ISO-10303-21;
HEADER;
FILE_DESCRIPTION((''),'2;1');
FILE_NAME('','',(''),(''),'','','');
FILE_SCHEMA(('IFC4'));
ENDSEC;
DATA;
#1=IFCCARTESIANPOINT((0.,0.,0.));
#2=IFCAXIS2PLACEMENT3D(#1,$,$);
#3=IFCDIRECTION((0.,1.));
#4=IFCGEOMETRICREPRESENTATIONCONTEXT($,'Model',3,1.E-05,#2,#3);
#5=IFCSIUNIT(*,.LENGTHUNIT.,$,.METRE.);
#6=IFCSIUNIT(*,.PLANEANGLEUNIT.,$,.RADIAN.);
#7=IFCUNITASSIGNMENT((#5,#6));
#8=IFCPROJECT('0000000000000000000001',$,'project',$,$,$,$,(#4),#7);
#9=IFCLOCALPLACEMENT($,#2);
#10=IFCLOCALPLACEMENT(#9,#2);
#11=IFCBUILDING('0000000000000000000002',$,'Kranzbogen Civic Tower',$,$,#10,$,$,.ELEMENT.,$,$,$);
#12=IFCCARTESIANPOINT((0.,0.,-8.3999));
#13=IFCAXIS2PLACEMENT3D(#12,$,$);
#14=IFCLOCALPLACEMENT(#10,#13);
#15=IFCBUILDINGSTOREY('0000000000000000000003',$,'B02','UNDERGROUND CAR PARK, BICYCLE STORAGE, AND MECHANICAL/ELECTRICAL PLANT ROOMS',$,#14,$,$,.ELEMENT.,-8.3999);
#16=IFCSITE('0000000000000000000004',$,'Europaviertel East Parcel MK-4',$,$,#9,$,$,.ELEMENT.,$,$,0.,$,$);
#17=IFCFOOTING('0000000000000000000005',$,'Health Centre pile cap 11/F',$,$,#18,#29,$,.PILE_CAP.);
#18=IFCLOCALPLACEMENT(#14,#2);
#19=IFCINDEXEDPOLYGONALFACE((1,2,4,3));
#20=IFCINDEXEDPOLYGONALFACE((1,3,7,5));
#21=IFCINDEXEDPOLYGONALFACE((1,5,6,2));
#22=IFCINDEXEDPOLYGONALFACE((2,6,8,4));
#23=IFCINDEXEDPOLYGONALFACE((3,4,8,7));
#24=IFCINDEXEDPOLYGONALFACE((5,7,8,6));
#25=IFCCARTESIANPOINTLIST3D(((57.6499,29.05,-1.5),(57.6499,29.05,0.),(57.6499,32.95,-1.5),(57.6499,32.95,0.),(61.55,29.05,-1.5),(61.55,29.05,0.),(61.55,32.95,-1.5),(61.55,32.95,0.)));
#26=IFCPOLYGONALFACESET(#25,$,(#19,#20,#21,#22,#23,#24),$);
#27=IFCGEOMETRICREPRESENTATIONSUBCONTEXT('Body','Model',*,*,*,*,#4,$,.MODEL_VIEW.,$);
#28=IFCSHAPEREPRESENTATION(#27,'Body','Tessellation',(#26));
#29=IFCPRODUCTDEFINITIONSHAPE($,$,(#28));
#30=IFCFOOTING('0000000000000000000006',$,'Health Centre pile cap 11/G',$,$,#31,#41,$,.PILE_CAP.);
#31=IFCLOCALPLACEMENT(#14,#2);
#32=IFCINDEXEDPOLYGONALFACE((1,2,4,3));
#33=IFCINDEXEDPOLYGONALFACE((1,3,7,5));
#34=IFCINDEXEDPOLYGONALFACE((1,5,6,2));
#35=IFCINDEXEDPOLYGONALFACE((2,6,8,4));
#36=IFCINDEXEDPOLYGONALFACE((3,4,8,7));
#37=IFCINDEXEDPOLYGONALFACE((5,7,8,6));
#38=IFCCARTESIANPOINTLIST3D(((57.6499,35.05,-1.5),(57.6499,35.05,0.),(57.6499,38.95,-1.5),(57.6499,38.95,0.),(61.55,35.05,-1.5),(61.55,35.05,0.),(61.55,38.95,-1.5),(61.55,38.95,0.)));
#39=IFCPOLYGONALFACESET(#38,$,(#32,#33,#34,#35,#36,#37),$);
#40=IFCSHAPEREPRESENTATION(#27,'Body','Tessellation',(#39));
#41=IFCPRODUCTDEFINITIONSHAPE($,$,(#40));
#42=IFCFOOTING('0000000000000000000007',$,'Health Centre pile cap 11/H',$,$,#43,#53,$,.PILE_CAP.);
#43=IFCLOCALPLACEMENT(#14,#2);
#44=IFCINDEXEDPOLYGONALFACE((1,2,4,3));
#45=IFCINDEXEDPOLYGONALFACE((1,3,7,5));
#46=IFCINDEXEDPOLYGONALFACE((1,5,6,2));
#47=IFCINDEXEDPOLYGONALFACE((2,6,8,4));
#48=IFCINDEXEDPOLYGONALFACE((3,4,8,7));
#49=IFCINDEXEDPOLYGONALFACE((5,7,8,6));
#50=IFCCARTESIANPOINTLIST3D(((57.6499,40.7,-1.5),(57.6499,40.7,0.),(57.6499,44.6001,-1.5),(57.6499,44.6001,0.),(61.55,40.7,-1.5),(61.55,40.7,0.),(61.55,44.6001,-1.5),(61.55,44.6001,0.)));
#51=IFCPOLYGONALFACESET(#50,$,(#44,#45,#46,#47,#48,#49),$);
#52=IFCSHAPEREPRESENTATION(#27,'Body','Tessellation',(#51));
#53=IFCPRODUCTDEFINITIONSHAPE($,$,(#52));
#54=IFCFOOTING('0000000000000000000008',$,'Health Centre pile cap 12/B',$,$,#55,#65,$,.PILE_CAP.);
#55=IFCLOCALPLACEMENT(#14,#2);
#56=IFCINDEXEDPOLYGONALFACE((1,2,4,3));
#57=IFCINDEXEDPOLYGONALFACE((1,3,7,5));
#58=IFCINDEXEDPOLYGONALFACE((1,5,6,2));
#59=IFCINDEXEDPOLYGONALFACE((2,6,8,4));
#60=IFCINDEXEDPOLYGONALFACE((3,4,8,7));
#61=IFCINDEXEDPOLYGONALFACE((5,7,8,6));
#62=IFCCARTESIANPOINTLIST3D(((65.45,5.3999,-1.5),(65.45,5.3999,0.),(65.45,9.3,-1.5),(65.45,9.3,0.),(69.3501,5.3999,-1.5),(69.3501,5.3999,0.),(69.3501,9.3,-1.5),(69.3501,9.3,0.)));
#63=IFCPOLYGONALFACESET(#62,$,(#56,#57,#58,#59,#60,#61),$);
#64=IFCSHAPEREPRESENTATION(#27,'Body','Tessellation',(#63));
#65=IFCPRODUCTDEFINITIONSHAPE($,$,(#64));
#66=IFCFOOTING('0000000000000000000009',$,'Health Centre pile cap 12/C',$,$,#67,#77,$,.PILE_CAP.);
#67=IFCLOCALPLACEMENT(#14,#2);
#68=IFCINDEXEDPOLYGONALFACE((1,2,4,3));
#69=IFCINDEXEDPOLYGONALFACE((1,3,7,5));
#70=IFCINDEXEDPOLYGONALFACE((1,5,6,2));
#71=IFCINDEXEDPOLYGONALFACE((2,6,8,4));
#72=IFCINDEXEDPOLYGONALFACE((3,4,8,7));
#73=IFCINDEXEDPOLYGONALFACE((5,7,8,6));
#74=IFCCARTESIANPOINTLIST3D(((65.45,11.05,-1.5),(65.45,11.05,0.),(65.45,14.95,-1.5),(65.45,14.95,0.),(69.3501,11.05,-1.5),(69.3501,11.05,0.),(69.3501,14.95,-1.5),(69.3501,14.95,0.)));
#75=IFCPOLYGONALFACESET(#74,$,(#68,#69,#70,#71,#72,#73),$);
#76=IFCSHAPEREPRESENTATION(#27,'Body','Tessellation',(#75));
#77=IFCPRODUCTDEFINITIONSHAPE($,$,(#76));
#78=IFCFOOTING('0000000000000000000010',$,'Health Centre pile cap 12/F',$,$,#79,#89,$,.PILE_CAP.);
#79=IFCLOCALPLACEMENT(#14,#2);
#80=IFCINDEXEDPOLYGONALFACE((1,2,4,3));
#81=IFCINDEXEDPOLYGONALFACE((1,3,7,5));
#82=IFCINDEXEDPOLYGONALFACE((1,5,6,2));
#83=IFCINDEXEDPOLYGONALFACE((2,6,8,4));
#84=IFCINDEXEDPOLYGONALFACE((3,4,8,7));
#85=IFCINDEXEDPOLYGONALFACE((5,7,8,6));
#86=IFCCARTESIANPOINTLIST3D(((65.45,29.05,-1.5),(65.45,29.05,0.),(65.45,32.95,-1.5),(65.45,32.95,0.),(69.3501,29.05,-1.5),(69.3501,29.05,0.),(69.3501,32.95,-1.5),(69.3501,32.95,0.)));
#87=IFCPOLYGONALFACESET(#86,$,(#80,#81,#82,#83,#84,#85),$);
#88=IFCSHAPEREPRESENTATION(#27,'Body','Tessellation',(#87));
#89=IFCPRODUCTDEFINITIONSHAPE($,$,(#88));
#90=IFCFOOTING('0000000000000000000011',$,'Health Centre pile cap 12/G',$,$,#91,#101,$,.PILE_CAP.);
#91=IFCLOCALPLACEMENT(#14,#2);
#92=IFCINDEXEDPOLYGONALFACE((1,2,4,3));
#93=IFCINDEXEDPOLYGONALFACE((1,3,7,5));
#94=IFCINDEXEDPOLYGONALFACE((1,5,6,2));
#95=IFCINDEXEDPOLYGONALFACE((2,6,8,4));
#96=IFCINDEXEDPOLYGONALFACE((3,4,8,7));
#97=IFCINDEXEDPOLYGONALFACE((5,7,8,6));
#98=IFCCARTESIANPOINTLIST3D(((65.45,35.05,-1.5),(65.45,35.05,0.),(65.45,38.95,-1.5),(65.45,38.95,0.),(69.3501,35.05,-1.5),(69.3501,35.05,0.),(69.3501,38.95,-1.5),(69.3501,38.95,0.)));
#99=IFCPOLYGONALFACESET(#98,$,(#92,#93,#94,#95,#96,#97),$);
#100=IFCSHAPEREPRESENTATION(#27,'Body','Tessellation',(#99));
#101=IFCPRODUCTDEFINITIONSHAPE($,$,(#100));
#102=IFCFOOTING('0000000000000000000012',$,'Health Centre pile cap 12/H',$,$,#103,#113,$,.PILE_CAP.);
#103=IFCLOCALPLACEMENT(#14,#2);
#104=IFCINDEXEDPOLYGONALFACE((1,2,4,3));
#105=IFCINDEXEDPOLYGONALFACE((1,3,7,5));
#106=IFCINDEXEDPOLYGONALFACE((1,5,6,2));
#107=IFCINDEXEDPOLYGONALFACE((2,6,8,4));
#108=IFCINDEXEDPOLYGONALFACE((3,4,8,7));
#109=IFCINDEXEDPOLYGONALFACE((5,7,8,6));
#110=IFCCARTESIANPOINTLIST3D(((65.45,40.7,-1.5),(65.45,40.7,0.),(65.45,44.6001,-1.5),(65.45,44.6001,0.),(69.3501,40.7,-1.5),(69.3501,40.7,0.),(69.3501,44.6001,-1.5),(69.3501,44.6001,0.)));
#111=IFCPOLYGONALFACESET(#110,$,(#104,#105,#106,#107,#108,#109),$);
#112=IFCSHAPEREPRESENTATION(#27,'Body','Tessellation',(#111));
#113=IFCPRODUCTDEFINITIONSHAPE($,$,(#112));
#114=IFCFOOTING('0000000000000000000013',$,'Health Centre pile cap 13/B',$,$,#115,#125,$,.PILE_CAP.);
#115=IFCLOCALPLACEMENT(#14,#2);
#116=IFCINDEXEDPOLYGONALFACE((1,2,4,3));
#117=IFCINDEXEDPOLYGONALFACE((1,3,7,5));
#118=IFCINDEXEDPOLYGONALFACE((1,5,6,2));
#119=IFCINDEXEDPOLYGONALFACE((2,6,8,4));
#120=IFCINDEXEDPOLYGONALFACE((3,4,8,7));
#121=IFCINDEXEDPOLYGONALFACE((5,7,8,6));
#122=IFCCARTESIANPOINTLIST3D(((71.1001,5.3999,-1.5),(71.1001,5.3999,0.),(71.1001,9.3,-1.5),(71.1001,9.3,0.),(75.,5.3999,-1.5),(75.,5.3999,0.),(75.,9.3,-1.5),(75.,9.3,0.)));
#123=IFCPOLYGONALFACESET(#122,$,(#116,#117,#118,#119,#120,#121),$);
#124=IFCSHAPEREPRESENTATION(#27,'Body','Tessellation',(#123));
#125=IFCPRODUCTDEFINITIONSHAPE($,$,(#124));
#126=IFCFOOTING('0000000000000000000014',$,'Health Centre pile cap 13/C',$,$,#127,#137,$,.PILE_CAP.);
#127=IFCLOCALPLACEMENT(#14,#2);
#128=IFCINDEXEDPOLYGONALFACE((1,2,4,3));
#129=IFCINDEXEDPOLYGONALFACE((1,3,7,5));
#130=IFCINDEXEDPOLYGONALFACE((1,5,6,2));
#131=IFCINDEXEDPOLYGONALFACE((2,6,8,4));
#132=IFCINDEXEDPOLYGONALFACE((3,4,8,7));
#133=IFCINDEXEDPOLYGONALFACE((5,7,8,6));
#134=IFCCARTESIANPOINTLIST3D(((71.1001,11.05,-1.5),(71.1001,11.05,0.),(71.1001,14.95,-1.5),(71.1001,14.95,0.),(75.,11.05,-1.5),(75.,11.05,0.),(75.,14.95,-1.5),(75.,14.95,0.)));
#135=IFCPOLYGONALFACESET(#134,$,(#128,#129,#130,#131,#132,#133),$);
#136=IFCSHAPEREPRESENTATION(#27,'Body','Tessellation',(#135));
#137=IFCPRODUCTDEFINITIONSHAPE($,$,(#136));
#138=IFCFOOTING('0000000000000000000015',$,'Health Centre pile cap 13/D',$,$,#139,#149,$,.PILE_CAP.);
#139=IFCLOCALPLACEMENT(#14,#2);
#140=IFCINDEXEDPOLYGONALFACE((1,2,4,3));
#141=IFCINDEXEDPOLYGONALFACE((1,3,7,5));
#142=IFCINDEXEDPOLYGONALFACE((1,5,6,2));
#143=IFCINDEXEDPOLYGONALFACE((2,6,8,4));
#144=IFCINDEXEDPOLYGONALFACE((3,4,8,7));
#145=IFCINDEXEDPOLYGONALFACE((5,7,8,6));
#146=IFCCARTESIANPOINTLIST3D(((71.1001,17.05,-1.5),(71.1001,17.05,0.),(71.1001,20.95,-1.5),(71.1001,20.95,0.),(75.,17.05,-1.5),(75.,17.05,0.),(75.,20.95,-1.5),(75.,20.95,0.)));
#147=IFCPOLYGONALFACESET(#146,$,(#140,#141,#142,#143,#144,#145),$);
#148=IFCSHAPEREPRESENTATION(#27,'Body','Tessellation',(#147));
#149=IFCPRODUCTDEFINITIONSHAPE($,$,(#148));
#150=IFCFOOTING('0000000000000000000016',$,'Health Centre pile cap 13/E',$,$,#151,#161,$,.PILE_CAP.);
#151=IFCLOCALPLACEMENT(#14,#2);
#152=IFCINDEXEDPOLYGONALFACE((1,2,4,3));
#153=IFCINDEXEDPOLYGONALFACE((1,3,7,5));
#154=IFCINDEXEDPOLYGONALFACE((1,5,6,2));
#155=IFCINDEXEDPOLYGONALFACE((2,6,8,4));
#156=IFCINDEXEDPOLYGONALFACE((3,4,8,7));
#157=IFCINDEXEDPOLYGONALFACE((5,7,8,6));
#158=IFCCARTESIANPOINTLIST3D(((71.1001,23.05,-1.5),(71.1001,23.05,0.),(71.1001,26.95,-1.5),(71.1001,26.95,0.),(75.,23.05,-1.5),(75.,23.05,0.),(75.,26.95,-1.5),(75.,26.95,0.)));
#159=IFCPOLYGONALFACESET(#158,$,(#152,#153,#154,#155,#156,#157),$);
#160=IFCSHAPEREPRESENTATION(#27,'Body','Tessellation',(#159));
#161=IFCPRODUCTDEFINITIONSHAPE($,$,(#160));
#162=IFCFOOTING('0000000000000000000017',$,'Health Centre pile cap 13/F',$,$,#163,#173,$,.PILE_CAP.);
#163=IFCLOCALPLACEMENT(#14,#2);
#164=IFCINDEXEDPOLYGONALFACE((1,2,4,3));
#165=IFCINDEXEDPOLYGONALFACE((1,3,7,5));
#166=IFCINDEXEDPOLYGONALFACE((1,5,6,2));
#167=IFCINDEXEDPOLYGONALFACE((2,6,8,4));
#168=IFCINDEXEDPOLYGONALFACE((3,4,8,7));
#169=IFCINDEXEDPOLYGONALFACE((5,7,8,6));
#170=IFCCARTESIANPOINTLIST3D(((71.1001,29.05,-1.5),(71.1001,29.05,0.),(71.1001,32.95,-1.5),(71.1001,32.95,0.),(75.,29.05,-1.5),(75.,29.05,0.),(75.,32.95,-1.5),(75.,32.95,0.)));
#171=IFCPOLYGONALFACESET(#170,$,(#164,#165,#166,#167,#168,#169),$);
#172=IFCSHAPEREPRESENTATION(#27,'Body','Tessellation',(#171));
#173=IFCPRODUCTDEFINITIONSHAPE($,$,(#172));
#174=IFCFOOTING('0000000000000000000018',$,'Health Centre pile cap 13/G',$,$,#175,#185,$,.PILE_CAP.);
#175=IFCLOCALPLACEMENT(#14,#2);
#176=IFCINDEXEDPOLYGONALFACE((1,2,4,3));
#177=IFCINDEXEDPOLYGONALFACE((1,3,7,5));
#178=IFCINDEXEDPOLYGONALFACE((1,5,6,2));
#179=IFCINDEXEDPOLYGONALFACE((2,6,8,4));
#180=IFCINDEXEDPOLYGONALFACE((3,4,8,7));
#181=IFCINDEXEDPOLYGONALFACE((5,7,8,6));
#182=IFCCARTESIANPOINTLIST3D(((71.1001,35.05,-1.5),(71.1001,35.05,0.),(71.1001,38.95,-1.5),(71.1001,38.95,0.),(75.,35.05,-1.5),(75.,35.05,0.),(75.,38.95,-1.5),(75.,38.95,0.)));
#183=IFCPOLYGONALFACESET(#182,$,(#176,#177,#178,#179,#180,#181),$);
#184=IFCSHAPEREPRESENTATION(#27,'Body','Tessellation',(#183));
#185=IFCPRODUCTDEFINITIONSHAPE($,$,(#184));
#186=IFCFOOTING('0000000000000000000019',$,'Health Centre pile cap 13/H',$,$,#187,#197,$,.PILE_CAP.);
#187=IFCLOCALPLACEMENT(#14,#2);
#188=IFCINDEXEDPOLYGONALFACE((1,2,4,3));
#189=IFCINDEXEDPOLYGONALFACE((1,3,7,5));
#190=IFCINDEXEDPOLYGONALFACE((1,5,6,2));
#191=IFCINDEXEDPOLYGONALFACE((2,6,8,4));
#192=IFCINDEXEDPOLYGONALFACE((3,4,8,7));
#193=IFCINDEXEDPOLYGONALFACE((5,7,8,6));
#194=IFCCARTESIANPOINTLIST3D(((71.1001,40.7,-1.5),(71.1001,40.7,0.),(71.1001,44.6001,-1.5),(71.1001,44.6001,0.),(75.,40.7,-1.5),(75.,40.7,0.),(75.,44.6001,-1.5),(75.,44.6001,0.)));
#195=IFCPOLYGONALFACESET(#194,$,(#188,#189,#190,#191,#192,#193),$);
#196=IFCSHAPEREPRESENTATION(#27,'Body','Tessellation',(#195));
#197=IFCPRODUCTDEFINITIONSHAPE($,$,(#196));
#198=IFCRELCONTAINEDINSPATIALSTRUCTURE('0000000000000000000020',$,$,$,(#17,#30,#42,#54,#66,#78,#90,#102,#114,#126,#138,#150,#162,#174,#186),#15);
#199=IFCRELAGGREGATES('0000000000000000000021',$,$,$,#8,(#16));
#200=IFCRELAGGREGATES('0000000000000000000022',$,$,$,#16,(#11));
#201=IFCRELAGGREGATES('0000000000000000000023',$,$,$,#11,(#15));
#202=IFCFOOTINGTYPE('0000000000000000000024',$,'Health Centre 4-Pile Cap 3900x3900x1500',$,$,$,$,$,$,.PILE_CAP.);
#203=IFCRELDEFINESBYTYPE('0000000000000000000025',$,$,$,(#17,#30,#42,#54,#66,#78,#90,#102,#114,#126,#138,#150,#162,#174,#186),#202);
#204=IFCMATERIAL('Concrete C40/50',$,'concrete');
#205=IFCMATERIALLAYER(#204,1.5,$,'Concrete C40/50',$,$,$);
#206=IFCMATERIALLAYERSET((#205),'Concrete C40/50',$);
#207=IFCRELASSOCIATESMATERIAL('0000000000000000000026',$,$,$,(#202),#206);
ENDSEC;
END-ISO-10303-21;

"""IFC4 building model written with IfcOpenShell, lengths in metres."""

from ifc_helpers import new_model, si_unit, direction, frame, origin, place, context, subcontext, project, spatial, polyline, outline, extrude, material, layer, layer_set, type_object, element, save


model = new_model("IFC4")

# Units and contexts
model_context = context("Model", 3, precision=1e-05, world=origin(), true_north=direction((0.0, 1.0)))
body_context = subcontext(model_context, "Body", "Model", "MODEL_VIEW")
ifc_project = project(units=[si_unit("LENGTHUNIT", "METRE"), si_unit("PLANEANGLEUNIT", "RADIAN")], contexts=[model_context])

# Site, building, storey
site_placement = place(None, origin())
site = spatial("IfcSite", under=ifc_project, at=site_placement, Name="Europaviertel East Parcel MK-4", CompositionType="ELEMENT", RefElevation=0.0)
building_placement = place(site_placement, origin())
building = spatial("IfcBuilding", under=site, at=building_placement, Name="Kranzbogen Civic Tower", CompositionType="ELEMENT")
storey_placement = place(building_placement, frame((0.0, 0.0, -8.3999)))
storey = spatial("IfcBuildingStorey", under=building, at=storey_placement, Name="B02", Description="UNDERGROUND CAR PARK, BICYCLE STORAGE, AND MECHANICAL/ELECTRICAL PLANT ROOMS", CompositionType="ELEMENT", Elevation=-8.3999)

# Footings
ifc_material_1 = material(Name="Concrete C40/50", Category="concrete")
ifc_layer_1 = layer(ifc_material_1, 1.5, Name="Concrete C40/50")
ifc_layer_set_1 = layer_set([ifc_layer_1], Name="Concrete C40/50")
footing_type_1 = type_object("IfcFootingType", Name="Health Centre 4-Pile Cap 3900x3900x1500", PredefinedType="PILE_CAP", material=ifc_layer_set_1)
footing_1_placement = place(storey_placement, frame((0.0, 0.0, -1.5)))
element("IfcFooting", 1, at=footing_1_placement, inside=storey, type_object=footing_type_1, Name="Health Centre pile cap 11/F", PredefinedType="PILE_CAP", context=body_context, shape_type="SweptSolid", body=[
    extrude(outline(polyline([(57.6499, 29.05), (61.55, 29.05), (61.55, 32.95), (57.6499, 32.95), (57.6499, 29.05)])), origin(), (0.0, 0.0, 1.0), 1.5),
])
footing_2_placement = place(storey_placement, frame((0.0, 0.0, -1.5)))
element("IfcFooting", 2, at=footing_2_placement, inside=storey, type_object=footing_type_1, Name="Health Centre pile cap 11/G", PredefinedType="PILE_CAP", context=body_context, shape_type="SweptSolid", body=[
    extrude(outline(polyline([(57.6499, 35.05), (61.55, 35.05), (61.55, 38.95), (57.6499, 38.95), (57.6499, 35.05)])), origin(), (0.0, 0.0, 1.0), 1.5),
])
footing_3_placement = place(storey_placement, frame((0.0, 0.0, -1.5)))
element("IfcFooting", 3, at=footing_3_placement, inside=storey, type_object=footing_type_1, Name="Health Centre pile cap 11/H", PredefinedType="PILE_CAP", context=body_context, shape_type="SweptSolid", body=[
    extrude(outline(polyline([(57.6499, 40.7), (61.55, 40.7), (61.55, 44.6001), (57.6499, 44.6001), (57.6499, 40.7)])), origin(), (0.0, 0.0, 1.0), 1.5),
])
footing_4_placement = place(storey_placement, frame((0.0, 0.0, -1.5)))
element("IfcFooting", 4, at=footing_4_placement, inside=storey, type_object=footing_type_1, Name="Health Centre pile cap 12/B", PredefinedType="PILE_CAP", context=body_context, shape_type="SweptSolid", body=[
    extrude(outline(polyline([(65.45, 5.3999), (69.3501, 5.3999), (69.3501, 9.3), (65.45, 9.3), (65.45, 5.3999)])), origin(), (0.0, 0.0, 1.0), 1.5),
])
footing_5_placement = place(storey_placement, frame((0.0, 0.0, -1.5)))
element("IfcFooting", 5, at=footing_5_placement, inside=storey, type_object=footing_type_1, Name="Health Centre pile cap 12/C", PredefinedType="PILE_CAP", context=body_context, shape_type="SweptSolid", body=[
    extrude(outline(polyline([(65.45, 11.05), (69.3501, 11.05), (69.3501, 14.95), (65.45, 14.95), (65.45, 11.05)])), origin(), (0.0, 0.0, 1.0), 1.5),
])
footing_6_placement = place(storey_placement, frame((0.0, 0.0, -1.5)))
element("IfcFooting", 6, at=footing_6_placement, inside=storey, type_object=footing_type_1, Name="Health Centre pile cap 12/F", PredefinedType="PILE_CAP", context=body_context, shape_type="SweptSolid", body=[
    extrude(outline(polyline([(65.45, 29.05), (69.3501, 29.05), (69.3501, 32.95), (65.45, 32.95), (65.45, 29.05)])), origin(), (0.0, 0.0, 1.0), 1.5),
])
footing_7_placement = place(storey_placement, frame((0.0, 0.0, -1.5)))
element("IfcFooting", 7, at=footing_7_placement, inside=storey, type_object=footing_type_1, Name="Health Centre pile cap 12/G", PredefinedType="PILE_CAP", context=body_context, shape_type="SweptSolid", body=[
    extrude(outline(polyline([(65.45, 35.05), (69.3501, 35.05), (69.3501, 38.95), (65.45, 38.95), (65.45, 35.05)])), origin(), (0.0, 0.0, 1.0), 1.5),
])
footing_8_placement = place(storey_placement, frame((0.0, 0.0, -1.5)))
element("IfcFooting", 8, at=footing_8_placement, inside=storey, type_object=footing_type_1, Name="Health Centre pile cap 12/H", PredefinedType="PILE_CAP", context=body_context, shape_type="SweptSolid", body=[
    extrude(outline(polyline([(65.45, 40.7), (69.3501, 40.7), (69.3501, 44.6001), (65.45, 44.6001), (65.45, 40.7)])), origin(), (0.0, 0.0, 1.0), 1.5),
])
footing_9_placement = place(storey_placement, frame((0.0, 0.0, -1.5)))
element("IfcFooting", 9, at=footing_9_placement, inside=storey, type_object=footing_type_1, Name="Health Centre pile cap 13/B", PredefinedType="PILE_CAP", context=body_context, shape_type="SweptSolid", body=[
    extrude(outline(polyline([(71.1001, 5.3999), (75.0, 5.3999), (75.0, 9.3), (71.1001, 9.3), (71.1001, 5.3999)])), origin(), (0.0, 0.0, 1.0), 1.5),
])
footing_10_placement = place(storey_placement, frame((0.0, 0.0, -1.5)))
element("IfcFooting", 10, at=footing_10_placement, inside=storey, type_object=footing_type_1, Name="Health Centre pile cap 13/C", PredefinedType="PILE_CAP", context=body_context, shape_type="SweptSolid", body=[
    extrude(outline(polyline([(71.1001, 11.05), (75.0, 11.05), (75.0, 14.95), (71.1001, 14.95), (71.1001, 11.05)])), origin(), (0.0, 0.0, 1.0), 1.5),
])
footing_11_placement = place(storey_placement, frame((0.0, 0.0, -1.5)))
element("IfcFooting", 11, at=footing_11_placement, inside=storey, type_object=footing_type_1, Name="Health Centre pile cap 13/D", PredefinedType="PILE_CAP", context=body_context, shape_type="SweptSolid", body=[
    extrude(outline(polyline([(71.1001, 17.05), (75.0, 17.05), (75.0, 20.95), (71.1001, 20.95), (71.1001, 17.05)])), origin(), (0.0, 0.0, 1.0), 1.5),
])
footing_12_placement = place(storey_placement, frame((0.0, 0.0, -1.5)))
element("IfcFooting", 12, at=footing_12_placement, inside=storey, type_object=footing_type_1, Name="Health Centre pile cap 13/E", PredefinedType="PILE_CAP", context=body_context, shape_type="SweptSolid", body=[
    extrude(outline(polyline([(71.1001, 23.05), (75.0, 23.05), (75.0, 26.95), (71.1001, 26.95), (71.1001, 23.05)])), origin(), (0.0, 0.0, 1.0), 1.5),
])
footing_13_placement = place(storey_placement, frame((0.0, 0.0, -1.5)))
element("IfcFooting", 13, at=footing_13_placement, inside=storey, type_object=footing_type_1, Name="Health Centre pile cap 13/F", PredefinedType="PILE_CAP", context=body_context, shape_type="SweptSolid", body=[
    extrude(outline(polyline([(71.1001, 29.05), (75.0, 29.05), (75.0, 32.95), (71.1001, 32.95), (71.1001, 29.05)])), origin(), (0.0, 0.0, 1.0), 1.5),
])
footing_14_placement = place(storey_placement, frame((0.0, 0.0, -1.5)))
element("IfcFooting", 14, at=footing_14_placement, inside=storey, type_object=footing_type_1, Name="Health Centre pile cap 13/G", PredefinedType="PILE_CAP", context=body_context, shape_type="SweptSolid", body=[
    extrude(outline(polyline([(71.1001, 35.05), (75.0, 35.05), (75.0, 38.95), (71.1001, 38.95), (71.1001, 35.05)])), origin(), (0.0, 0.0, 1.0), 1.5),
])
footing_15_placement = place(storey_placement, frame((0.0, 0.0, -1.5)))
element("IfcFooting", 15, at=footing_15_placement, inside=storey, type_object=footing_type_1, Name="Health Centre pile cap 13/H", PredefinedType="PILE_CAP", context=body_context, shape_type="SweptSolid", body=[
    extrude(outline(polyline([(71.1001, 40.7), (75.0, 40.7), (75.0, 44.6001), (71.1001, 44.6001), (71.1001, 40.7)])), origin(), (0.0, 0.0, 1.0), 1.5),
])

save(model, "model.ifc")
